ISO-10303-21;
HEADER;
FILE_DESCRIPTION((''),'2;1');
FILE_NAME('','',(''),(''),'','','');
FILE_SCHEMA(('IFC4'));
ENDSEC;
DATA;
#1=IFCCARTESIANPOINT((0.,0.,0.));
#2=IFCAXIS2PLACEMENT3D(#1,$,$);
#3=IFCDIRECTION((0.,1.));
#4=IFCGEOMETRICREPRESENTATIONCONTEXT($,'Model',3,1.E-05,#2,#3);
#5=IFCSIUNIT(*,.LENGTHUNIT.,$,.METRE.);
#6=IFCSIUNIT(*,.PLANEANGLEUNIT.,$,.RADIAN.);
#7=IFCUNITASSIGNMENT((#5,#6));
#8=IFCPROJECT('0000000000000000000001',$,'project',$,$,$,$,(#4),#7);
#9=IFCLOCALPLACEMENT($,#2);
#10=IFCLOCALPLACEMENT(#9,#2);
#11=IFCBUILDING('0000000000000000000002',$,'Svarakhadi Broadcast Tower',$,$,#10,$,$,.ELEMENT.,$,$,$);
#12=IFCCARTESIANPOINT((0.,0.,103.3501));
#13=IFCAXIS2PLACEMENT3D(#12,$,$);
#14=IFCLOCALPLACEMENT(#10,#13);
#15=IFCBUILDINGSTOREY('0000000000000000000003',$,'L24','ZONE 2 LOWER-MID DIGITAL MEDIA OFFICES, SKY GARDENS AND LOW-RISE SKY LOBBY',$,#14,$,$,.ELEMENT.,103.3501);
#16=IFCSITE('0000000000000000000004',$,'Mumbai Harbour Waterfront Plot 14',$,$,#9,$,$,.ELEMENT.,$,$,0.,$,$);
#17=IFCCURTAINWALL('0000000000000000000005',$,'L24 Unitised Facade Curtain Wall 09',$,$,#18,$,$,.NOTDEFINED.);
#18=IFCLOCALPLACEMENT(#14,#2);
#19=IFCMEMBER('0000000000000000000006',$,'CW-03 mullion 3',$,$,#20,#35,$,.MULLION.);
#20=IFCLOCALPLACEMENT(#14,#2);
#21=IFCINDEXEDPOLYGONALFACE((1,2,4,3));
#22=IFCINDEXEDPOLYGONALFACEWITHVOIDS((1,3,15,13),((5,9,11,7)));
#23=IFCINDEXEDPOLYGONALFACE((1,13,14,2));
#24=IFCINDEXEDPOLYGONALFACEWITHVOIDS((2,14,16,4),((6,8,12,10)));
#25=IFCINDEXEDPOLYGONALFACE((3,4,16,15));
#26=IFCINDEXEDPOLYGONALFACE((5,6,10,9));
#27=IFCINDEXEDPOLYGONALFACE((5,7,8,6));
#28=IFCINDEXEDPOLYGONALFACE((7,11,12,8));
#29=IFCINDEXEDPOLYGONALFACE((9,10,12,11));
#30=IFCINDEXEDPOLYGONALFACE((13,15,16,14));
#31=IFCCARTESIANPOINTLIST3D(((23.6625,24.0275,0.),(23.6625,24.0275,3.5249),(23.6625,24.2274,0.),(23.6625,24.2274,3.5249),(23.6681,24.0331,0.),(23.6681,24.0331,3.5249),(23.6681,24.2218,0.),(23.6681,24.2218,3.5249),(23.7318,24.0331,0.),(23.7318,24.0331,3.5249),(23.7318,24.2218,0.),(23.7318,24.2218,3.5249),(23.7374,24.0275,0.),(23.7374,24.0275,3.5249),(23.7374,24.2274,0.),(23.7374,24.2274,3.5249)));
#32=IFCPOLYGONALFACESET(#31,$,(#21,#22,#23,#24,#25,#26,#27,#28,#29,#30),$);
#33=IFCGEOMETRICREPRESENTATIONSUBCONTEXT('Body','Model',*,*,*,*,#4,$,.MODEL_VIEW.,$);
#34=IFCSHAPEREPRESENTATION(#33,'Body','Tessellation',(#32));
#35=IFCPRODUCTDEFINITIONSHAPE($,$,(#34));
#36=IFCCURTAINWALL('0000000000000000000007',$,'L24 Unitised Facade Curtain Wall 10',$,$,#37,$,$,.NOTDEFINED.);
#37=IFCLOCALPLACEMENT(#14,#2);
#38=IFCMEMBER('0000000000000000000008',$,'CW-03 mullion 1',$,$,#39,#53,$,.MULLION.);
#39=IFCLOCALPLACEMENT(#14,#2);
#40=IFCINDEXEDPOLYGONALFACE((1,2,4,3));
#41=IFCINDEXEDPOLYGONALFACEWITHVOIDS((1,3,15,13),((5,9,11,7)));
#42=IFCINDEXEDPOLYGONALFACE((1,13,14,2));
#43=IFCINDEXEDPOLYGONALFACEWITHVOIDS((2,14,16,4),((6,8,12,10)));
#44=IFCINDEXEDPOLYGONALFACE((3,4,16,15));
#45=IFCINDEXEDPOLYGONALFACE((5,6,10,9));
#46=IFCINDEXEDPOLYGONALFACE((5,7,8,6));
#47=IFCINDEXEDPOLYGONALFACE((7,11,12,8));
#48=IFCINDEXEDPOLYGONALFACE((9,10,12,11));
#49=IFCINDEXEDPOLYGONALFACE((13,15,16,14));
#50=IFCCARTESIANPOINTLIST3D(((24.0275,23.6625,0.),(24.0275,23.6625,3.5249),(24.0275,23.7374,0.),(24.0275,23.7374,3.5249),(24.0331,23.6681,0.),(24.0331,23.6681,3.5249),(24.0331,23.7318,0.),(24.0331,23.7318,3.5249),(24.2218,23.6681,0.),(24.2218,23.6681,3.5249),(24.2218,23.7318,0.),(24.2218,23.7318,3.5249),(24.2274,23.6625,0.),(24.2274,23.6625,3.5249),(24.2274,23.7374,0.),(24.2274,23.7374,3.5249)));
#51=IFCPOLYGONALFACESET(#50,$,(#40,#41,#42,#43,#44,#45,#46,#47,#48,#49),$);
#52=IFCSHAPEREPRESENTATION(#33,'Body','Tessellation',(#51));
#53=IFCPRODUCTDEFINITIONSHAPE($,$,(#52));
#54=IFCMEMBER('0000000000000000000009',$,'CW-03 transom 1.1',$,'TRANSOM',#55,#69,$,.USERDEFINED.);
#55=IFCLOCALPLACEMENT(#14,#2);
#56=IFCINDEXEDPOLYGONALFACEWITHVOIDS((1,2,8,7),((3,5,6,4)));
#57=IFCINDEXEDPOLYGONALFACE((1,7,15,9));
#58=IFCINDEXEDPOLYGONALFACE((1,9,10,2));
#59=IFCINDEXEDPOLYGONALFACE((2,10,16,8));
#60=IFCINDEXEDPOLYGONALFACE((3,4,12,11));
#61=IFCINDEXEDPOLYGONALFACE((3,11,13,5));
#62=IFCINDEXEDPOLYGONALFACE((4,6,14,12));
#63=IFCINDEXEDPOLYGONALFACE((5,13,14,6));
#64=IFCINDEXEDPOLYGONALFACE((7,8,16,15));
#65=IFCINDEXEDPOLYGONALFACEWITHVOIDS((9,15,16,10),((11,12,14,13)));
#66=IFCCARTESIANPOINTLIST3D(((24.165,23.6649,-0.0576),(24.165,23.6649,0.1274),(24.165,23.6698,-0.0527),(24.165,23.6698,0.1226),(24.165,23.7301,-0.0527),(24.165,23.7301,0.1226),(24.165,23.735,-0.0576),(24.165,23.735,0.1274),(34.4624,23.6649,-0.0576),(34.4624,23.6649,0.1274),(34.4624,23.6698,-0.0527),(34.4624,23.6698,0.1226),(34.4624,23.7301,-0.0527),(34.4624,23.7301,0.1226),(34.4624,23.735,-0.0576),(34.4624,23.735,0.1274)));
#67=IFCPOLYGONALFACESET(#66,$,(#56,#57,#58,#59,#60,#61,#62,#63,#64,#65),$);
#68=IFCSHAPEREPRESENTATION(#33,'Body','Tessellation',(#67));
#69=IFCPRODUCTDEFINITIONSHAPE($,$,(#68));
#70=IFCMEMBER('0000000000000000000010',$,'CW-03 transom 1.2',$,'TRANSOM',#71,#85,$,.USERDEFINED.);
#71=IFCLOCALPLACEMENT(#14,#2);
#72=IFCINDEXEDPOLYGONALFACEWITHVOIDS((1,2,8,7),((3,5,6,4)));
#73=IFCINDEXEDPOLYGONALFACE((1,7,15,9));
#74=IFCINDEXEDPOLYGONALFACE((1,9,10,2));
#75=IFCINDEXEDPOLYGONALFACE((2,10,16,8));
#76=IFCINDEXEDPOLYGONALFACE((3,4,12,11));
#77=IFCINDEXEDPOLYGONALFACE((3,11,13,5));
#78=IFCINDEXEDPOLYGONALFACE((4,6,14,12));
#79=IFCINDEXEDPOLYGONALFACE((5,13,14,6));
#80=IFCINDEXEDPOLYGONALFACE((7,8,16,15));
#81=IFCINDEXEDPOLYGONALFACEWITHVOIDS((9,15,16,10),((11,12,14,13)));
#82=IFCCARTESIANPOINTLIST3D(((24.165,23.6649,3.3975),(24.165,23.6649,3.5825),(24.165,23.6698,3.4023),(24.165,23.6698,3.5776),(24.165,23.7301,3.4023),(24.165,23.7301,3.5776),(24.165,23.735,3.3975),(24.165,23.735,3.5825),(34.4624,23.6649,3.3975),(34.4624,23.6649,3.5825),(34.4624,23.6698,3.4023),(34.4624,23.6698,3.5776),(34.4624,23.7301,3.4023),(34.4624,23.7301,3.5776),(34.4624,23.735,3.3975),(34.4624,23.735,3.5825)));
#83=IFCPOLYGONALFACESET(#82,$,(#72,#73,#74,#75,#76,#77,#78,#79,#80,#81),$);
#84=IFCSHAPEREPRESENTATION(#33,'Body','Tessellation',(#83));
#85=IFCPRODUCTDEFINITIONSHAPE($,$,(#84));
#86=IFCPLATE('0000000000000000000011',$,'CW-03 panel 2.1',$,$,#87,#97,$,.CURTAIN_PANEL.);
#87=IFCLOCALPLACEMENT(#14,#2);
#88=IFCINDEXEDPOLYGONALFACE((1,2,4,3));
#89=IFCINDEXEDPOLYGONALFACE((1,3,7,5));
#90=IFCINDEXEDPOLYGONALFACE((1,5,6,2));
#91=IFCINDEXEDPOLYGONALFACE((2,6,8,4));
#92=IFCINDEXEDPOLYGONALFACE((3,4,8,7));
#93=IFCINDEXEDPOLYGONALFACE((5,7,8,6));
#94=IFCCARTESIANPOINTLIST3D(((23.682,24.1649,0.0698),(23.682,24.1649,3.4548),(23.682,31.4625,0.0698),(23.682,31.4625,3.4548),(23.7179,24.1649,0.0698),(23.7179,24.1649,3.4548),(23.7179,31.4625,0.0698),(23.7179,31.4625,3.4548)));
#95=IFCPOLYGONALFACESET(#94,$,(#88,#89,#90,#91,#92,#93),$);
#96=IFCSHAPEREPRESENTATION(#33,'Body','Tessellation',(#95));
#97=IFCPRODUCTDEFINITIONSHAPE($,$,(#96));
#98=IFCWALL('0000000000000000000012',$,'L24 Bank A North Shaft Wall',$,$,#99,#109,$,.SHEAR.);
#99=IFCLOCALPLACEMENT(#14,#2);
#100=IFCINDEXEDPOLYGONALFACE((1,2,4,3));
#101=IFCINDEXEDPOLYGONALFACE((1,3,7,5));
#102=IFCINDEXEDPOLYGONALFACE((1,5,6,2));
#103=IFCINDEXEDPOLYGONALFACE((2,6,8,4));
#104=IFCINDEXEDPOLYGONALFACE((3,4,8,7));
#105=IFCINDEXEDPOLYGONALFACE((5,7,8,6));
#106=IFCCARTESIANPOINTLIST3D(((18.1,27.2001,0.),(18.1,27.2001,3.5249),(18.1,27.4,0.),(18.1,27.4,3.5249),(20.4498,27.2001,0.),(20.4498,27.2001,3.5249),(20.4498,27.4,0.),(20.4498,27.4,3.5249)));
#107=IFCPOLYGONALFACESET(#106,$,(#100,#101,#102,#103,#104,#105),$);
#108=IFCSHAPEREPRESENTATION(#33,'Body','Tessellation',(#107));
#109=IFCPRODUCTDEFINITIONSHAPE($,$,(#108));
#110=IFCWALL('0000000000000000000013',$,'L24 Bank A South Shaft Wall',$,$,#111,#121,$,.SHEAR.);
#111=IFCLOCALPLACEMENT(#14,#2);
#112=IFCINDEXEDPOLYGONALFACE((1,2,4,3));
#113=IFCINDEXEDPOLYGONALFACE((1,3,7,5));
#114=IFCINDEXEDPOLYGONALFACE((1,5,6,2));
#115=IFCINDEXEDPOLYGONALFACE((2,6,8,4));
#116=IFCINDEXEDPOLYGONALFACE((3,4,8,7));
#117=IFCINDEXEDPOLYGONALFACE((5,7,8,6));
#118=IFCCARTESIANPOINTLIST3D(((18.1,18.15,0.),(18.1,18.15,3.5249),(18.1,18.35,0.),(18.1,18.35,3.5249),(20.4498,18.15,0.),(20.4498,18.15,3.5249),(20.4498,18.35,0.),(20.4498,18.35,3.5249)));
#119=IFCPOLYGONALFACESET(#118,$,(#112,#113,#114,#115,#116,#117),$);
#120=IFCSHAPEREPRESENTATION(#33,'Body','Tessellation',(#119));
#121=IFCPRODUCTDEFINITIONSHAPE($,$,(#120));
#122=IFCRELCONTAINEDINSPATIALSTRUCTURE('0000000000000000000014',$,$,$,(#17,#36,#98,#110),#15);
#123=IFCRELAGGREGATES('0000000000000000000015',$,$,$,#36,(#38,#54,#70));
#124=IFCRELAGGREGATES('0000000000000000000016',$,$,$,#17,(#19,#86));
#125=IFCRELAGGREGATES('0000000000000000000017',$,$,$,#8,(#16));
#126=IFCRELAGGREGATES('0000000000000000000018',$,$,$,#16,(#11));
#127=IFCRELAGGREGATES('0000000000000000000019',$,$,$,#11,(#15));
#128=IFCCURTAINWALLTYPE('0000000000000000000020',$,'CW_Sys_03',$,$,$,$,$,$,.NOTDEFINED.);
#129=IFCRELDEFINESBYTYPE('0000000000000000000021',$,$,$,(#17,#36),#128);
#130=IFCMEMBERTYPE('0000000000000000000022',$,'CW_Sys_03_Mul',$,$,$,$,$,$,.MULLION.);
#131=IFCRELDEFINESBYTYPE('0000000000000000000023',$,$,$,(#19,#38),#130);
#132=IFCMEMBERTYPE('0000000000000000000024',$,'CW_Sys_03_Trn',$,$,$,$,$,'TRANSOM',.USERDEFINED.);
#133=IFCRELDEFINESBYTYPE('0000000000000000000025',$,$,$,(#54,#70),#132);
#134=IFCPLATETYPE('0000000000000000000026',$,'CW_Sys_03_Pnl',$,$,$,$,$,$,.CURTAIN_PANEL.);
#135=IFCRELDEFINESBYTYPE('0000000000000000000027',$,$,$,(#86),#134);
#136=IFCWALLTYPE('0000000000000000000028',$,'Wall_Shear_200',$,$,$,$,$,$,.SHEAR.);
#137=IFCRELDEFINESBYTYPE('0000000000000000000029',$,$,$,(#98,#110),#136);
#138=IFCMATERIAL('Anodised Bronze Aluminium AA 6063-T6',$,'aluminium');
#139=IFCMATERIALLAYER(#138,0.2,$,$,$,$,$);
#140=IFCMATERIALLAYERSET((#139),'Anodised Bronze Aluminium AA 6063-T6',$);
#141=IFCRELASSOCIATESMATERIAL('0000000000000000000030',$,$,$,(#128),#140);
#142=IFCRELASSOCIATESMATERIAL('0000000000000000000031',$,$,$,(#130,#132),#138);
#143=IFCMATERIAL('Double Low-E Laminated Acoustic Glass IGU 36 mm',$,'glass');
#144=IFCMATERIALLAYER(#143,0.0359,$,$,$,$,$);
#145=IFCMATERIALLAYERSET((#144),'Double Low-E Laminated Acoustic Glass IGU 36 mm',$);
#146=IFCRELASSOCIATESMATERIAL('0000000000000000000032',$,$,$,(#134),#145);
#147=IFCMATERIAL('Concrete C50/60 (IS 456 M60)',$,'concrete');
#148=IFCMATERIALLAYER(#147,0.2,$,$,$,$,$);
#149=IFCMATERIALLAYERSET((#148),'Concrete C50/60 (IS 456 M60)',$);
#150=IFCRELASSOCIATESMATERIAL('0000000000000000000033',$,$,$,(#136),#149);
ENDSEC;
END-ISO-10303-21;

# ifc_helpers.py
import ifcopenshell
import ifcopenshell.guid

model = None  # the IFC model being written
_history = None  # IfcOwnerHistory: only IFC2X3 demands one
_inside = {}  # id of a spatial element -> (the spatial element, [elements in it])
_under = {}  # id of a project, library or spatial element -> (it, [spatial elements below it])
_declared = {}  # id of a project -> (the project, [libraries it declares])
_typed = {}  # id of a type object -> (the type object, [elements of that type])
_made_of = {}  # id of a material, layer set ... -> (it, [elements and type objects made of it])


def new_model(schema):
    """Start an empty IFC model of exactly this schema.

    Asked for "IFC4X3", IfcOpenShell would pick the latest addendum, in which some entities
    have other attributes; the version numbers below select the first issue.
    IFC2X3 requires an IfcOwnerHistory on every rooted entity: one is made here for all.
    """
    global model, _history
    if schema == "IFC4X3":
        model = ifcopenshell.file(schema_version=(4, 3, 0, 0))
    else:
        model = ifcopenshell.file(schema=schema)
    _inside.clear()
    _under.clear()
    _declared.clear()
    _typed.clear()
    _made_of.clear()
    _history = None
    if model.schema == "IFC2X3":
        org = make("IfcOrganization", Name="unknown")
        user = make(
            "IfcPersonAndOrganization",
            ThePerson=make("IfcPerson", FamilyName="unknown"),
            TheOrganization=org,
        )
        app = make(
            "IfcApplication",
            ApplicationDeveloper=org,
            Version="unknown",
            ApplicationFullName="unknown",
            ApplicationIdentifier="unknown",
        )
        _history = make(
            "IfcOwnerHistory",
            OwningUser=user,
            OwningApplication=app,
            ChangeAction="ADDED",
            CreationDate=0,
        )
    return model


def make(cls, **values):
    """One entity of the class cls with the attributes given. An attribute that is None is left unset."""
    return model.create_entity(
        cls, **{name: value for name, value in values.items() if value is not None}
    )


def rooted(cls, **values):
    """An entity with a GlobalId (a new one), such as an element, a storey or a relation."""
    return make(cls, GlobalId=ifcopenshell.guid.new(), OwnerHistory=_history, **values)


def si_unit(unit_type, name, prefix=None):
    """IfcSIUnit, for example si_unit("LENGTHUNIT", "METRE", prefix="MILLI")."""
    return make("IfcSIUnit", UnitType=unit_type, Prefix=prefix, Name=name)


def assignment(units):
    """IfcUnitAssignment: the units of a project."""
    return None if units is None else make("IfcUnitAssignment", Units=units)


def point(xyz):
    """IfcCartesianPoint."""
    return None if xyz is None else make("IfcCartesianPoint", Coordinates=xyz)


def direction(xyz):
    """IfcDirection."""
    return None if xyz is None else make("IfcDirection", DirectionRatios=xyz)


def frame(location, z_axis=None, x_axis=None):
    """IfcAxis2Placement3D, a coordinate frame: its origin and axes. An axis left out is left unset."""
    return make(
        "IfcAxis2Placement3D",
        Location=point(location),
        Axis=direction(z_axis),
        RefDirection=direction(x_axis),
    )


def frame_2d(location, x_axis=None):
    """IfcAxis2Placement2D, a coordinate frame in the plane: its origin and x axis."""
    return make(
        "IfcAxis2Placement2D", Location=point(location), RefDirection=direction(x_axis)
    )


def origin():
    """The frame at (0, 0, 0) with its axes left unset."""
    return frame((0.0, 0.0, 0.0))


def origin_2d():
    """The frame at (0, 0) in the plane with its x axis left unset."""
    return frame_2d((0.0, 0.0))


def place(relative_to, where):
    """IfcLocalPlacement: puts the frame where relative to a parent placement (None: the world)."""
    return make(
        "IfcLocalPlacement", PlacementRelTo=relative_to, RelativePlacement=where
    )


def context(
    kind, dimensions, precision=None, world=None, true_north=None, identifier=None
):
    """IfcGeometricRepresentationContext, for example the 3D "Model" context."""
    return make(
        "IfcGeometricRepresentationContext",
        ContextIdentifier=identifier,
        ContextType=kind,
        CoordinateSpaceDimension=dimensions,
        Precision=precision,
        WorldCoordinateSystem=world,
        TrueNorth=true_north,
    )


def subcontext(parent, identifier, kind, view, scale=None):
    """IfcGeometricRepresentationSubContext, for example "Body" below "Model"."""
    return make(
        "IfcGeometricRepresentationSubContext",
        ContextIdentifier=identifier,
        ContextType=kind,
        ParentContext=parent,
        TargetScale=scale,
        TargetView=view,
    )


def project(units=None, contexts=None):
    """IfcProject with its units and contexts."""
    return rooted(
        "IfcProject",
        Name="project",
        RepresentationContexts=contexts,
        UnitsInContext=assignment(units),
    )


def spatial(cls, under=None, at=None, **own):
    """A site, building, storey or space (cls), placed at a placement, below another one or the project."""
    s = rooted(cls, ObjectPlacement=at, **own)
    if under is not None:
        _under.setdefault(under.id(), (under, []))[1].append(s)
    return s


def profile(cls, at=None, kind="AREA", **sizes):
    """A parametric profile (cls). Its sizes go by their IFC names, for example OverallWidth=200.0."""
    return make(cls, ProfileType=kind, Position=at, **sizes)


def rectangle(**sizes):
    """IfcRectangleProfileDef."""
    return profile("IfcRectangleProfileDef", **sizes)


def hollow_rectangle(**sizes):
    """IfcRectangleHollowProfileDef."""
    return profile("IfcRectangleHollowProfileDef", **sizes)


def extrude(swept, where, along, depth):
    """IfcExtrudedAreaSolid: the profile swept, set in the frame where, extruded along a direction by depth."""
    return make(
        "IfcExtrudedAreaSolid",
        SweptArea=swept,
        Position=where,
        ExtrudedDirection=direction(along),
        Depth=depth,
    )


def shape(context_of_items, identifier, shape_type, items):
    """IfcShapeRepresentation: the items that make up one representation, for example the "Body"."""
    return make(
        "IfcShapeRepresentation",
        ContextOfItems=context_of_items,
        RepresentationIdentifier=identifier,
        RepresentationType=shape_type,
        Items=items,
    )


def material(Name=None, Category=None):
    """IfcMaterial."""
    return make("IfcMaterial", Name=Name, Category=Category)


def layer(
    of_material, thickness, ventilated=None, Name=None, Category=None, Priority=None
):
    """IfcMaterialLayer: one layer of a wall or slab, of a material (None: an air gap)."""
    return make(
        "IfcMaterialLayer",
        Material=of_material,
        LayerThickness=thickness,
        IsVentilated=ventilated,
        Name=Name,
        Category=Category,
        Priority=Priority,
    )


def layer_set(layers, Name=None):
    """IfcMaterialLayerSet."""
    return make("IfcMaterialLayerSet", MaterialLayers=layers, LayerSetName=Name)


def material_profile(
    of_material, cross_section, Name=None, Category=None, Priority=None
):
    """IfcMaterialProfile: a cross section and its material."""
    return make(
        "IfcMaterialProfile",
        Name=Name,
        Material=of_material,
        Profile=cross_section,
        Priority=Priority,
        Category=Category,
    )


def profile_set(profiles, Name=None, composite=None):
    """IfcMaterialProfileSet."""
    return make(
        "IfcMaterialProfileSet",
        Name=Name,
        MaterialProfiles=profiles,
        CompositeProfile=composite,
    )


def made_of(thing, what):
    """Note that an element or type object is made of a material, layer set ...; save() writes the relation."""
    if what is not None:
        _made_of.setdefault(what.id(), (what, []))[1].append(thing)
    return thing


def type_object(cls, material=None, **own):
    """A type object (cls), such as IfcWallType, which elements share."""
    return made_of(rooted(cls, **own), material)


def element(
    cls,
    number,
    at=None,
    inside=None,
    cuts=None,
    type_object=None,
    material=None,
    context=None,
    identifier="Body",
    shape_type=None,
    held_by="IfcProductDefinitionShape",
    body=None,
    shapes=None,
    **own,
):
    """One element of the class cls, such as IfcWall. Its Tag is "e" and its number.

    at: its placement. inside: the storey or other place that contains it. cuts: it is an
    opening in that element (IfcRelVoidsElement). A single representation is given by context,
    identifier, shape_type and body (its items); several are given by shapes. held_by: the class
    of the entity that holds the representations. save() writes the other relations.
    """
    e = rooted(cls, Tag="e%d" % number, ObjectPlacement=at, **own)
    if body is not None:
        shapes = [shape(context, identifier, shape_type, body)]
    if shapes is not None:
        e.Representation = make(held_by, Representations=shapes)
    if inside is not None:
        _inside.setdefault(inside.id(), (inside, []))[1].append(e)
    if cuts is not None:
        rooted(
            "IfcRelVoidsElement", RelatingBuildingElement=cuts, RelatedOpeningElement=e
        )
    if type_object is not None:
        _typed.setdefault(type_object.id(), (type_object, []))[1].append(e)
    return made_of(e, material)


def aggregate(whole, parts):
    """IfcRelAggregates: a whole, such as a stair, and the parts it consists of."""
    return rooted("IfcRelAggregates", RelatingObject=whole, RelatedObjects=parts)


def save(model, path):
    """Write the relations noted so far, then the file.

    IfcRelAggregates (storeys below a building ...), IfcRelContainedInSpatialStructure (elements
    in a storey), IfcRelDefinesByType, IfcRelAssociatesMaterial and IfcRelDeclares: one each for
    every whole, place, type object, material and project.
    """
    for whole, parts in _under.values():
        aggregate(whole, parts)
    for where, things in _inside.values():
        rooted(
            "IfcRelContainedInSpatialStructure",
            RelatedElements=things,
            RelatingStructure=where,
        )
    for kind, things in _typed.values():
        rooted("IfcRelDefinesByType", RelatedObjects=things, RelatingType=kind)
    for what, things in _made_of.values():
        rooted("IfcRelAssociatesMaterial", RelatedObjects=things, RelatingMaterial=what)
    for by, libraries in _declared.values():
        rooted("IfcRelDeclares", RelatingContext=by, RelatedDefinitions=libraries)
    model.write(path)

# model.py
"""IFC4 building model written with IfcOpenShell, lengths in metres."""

from ifc_helpers import new_model, si_unit, direction, frame, frame_2d, origin, origin_2d, place, context, subcontext, project, spatial, rectangle, hollow_rectangle, extrude, material, layer, layer_set, material_profile, profile_set, type_object, element, aggregate, save


model = new_model("IFC4")

# Units and contexts
model_context = context("Model", 3, precision=1e-05, world=origin(), true_north=direction((0.0, 1.0)))
body_context = subcontext(model_context, "Body", "Model", "MODEL_VIEW")
ifc_project = project(units=[si_unit("LENGTHUNIT", "METRE"), si_unit("PLANEANGLEUNIT", "RADIAN")], contexts=[model_context])

# Site, building, storey
site_placement = place(None, origin())
site = spatial("IfcSite", under=ifc_project, at=site_placement, Name="Mumbai Harbour Waterfront Plot 14", CompositionType="ELEMENT", RefElevation=0.0)
building_placement = place(site_placement, origin())
building = spatial("IfcBuilding", under=site, at=building_placement, Name="Svarakhadi Broadcast Tower", CompositionType="ELEMENT")
storey_placement = place(building_placement, frame((0.0, 0.0, 103.3501)))
storey = spatial("IfcBuildingStorey", under=building, at=storey_placement, Name="L24", Description="ZONE 2 LOWER-MID DIGITAL MEDIA OFFICES, SKY GARDENS AND LOW-RISE SKY LOBBY", CompositionType="ELEMENT", Elevation=103.3501)

# Curtain wall, member
ifc_material_1 = material(Name="Anodised Bronze Aluminium AA 6063-T6", Category="aluminium")
ifc_layer_1 = layer(ifc_material_1, 0.2)
ifc_layer_set_1 = layer_set([ifc_layer_1], Name="Anodised Bronze Aluminium AA 6063-T6")
curtain_wall_type = type_object("IfcCurtainWallType", Name="CW_Sys_03", PredefinedType="NOTDEFINED", material=ifc_layer_set_1)
curtain_wall_1_placement = place(storey_placement, origin())
curtain_wall_1 = element("IfcCurtainWall", 1, at=curtain_wall_1_placement, inside=storey, type_object=curtain_wall_type, Name="L24 Unitised Facade Curtain Wall 09", PredefinedType="NOTDEFINED")
ifc_material_profile_1 = material_profile(ifc_material_1, hollow_rectangle(XDim=0.075, YDim=0.2, WallThickness=0.0056, at=origin_2d()), Name="ALU MULLION 200x75x6")
ifc_profile_set_1 = profile_set([ifc_material_profile_1], Name="Anodised Bronze Aluminium AA 6063-T6")
member_type_1 = type_object("IfcMemberType", Name="CW_Sys_03_Mul", PredefinedType="MULLION", material=ifc_profile_set_1)
member_1_placement = place(storey_placement, frame((23.7, 24.1274, 0.0), z_axis=(0.0, 0.0, 1.0), x_axis=(1.0, 0.0, 0.0)))
member_1 = element("IfcMember", 2, at=member_1_placement, type_object=member_type_1, Name="CW-03 mullion 3", PredefinedType="MULLION", context=body_context, shape_type="SweptSolid", body=[
    extrude(hollow_rectangle(XDim=0.075, YDim=0.2, WallThickness=0.0056, at=origin_2d()), origin(), (0.0, 0.0, 1.0), 3.5249),
])

# Curtain wall, members
curtain_wall_2_placement = place(storey_placement, origin())
curtain_wall_2 = element("IfcCurtainWall", 3, at=curtain_wall_2_placement, inside=storey, type_object=curtain_wall_type, Name="L24 Unitised Facade Curtain Wall 10", PredefinedType="NOTDEFINED")
member_2_placement = place(storey_placement, frame((24.1274, 23.7, 0.0), z_axis=(0.0, 0.0, 1.0), x_axis=(0.0, 1.0, 0.0)))
member_2 = element("IfcMember", 4, at=member_2_placement, type_object=member_type_1, Name="CW-03 mullion 1", PredefinedType="MULLION", context=body_context, shape_type="SweptSolid", body=[
    extrude(hollow_rectangle(XDim=0.075, YDim=0.2, WallThickness=0.0056, at=origin_2d()), origin(), (0.0, 0.0, 1.0), 3.5249),
])
ifc_material_profile_2 = material_profile(ifc_material_1, hollow_rectangle(XDim=0.0701, YDim=0.1851, WallThickness=0.0049, at=origin_2d()), Name="ALU TRANSOM 185x70x5")
ifc_profile_set_2 = profile_set([ifc_material_profile_2], Name="Anodised Bronze Aluminium AA 6063-T6")
member_type_2 = type_object("IfcMemberType", Name="CW_Sys_03_Trn", ElementType="TRANSOM", PredefinedType="USERDEFINED", material=ifc_profile_set_2)
member_3_placement = place(storey_placement, frame((24.165, 23.7, 0.0349), z_axis=(1.0, 0.0, 0.0), x_axis=(0.0, 1.0, 0.0)))
member_3 = element("IfcMember", 5, at=member_3_placement, type_object=member_type_2, Name="CW-03 transom 1.1", ObjectType="TRANSOM", PredefinedType="USERDEFINED", context=body_context, shape_type="SweptSolid", body=[
    extrude(hollow_rectangle(XDim=0.0701, YDim=0.1851, WallThickness=0.0049, at=origin_2d()), origin(), (0.0, 0.0, 1.0), 10.2974),
])
member_4_placement = place(storey_placement, frame((24.165, 23.7, 3.49), z_axis=(1.0, 0.0, 0.0), x_axis=(0.0, 1.0, 0.0)))
member_4 = element("IfcMember", 6, at=member_4_placement, type_object=member_type_2, Name="CW-03 transom 1.2", ObjectType="TRANSOM", PredefinedType="USERDEFINED", context=body_context, shape_type="SweptSolid", body=[
    extrude(hollow_rectangle(XDim=0.0701, YDim=0.1851, WallThickness=0.0049, at=origin_2d()), origin(), (0.0, 0.0, 1.0), 10.2974),
])
aggregate(curtain_wall_2, [member_2, member_3, member_4])

# Plate
ifc_material_2 = material(Name="Double Low-E Laminated Acoustic Glass IGU 36 mm", Category="glass")
ifc_layer_2 = layer(ifc_material_2, 0.0359)
ifc_layer_set_2 = layer_set([ifc_layer_2], Name="Double Low-E Laminated Acoustic Glass IGU 36 mm")
plate_type = type_object("IfcPlateType", Name="CW_Sys_03_Pnl", PredefinedType="CURTAIN_PANEL", material=ifc_layer_set_2)
plate_placement = place(storey_placement, frame((23.7, 27.8137, 0.0698), z_axis=(0.0, 0.0, 1.0), x_axis=(0.0, -1.0, 0.0)))
plate = element("IfcPlate", 7, at=plate_placement, type_object=plate_type, Name="CW-03 panel 2.1", PredefinedType="CURTAIN_PANEL", context=body_context, shape_type="SweptSolid", body=[
    extrude(rectangle(XDim=7.2976, YDim=0.0359, at=origin_2d()), origin(), (0.0, 0.0, 1.0), 3.385),
])
aggregate(curtain_wall_1, [member_1, plate])

# Walls
ifc_material_3 = material(Name="Concrete C50/60 (IS 456 M60)", Category="concrete")
ifc_layer_3 = layer(ifc_material_3, 0.2)
ifc_layer_set_3 = layer_set([ifc_layer_3], Name="Concrete C50/60 (IS 456 M60)")
wall_type = type_object("IfcWallType", Name="Wall_Shear_200", PredefinedType="SHEAR", material=ifc_layer_set_3)
for number, where, z_axis, x_axis, name in (
    (8, (18.1001, 27.3, 0.0), (0.0, 0.0, 1.0), (1.0, 0.0, 0.0), "L24 Bank A North Shaft Wall"),
    (9, (18.1001, 18.25, 0.0), (0.0, 0.0, 1.0), (1.0, 0.0, 0.0), "L24 Bank A South Shaft Wall"),
):
    element("IfcWall", number, at=place(storey_placement, frame(where, z_axis=z_axis, x_axis=x_axis)), inside=storey, type_object=wall_type, Name=name, PredefinedType="SHEAR", context=body_context, shape_type="SweptSolid", body=[
        extrude(rectangle(XDim=2.3499, YDim=0.2, at=frame_2d((1.1748, 0.0))), origin(), (0.0, 0.0, 1.0), 3.5249),
    ])

save(model, "model.ifc")
